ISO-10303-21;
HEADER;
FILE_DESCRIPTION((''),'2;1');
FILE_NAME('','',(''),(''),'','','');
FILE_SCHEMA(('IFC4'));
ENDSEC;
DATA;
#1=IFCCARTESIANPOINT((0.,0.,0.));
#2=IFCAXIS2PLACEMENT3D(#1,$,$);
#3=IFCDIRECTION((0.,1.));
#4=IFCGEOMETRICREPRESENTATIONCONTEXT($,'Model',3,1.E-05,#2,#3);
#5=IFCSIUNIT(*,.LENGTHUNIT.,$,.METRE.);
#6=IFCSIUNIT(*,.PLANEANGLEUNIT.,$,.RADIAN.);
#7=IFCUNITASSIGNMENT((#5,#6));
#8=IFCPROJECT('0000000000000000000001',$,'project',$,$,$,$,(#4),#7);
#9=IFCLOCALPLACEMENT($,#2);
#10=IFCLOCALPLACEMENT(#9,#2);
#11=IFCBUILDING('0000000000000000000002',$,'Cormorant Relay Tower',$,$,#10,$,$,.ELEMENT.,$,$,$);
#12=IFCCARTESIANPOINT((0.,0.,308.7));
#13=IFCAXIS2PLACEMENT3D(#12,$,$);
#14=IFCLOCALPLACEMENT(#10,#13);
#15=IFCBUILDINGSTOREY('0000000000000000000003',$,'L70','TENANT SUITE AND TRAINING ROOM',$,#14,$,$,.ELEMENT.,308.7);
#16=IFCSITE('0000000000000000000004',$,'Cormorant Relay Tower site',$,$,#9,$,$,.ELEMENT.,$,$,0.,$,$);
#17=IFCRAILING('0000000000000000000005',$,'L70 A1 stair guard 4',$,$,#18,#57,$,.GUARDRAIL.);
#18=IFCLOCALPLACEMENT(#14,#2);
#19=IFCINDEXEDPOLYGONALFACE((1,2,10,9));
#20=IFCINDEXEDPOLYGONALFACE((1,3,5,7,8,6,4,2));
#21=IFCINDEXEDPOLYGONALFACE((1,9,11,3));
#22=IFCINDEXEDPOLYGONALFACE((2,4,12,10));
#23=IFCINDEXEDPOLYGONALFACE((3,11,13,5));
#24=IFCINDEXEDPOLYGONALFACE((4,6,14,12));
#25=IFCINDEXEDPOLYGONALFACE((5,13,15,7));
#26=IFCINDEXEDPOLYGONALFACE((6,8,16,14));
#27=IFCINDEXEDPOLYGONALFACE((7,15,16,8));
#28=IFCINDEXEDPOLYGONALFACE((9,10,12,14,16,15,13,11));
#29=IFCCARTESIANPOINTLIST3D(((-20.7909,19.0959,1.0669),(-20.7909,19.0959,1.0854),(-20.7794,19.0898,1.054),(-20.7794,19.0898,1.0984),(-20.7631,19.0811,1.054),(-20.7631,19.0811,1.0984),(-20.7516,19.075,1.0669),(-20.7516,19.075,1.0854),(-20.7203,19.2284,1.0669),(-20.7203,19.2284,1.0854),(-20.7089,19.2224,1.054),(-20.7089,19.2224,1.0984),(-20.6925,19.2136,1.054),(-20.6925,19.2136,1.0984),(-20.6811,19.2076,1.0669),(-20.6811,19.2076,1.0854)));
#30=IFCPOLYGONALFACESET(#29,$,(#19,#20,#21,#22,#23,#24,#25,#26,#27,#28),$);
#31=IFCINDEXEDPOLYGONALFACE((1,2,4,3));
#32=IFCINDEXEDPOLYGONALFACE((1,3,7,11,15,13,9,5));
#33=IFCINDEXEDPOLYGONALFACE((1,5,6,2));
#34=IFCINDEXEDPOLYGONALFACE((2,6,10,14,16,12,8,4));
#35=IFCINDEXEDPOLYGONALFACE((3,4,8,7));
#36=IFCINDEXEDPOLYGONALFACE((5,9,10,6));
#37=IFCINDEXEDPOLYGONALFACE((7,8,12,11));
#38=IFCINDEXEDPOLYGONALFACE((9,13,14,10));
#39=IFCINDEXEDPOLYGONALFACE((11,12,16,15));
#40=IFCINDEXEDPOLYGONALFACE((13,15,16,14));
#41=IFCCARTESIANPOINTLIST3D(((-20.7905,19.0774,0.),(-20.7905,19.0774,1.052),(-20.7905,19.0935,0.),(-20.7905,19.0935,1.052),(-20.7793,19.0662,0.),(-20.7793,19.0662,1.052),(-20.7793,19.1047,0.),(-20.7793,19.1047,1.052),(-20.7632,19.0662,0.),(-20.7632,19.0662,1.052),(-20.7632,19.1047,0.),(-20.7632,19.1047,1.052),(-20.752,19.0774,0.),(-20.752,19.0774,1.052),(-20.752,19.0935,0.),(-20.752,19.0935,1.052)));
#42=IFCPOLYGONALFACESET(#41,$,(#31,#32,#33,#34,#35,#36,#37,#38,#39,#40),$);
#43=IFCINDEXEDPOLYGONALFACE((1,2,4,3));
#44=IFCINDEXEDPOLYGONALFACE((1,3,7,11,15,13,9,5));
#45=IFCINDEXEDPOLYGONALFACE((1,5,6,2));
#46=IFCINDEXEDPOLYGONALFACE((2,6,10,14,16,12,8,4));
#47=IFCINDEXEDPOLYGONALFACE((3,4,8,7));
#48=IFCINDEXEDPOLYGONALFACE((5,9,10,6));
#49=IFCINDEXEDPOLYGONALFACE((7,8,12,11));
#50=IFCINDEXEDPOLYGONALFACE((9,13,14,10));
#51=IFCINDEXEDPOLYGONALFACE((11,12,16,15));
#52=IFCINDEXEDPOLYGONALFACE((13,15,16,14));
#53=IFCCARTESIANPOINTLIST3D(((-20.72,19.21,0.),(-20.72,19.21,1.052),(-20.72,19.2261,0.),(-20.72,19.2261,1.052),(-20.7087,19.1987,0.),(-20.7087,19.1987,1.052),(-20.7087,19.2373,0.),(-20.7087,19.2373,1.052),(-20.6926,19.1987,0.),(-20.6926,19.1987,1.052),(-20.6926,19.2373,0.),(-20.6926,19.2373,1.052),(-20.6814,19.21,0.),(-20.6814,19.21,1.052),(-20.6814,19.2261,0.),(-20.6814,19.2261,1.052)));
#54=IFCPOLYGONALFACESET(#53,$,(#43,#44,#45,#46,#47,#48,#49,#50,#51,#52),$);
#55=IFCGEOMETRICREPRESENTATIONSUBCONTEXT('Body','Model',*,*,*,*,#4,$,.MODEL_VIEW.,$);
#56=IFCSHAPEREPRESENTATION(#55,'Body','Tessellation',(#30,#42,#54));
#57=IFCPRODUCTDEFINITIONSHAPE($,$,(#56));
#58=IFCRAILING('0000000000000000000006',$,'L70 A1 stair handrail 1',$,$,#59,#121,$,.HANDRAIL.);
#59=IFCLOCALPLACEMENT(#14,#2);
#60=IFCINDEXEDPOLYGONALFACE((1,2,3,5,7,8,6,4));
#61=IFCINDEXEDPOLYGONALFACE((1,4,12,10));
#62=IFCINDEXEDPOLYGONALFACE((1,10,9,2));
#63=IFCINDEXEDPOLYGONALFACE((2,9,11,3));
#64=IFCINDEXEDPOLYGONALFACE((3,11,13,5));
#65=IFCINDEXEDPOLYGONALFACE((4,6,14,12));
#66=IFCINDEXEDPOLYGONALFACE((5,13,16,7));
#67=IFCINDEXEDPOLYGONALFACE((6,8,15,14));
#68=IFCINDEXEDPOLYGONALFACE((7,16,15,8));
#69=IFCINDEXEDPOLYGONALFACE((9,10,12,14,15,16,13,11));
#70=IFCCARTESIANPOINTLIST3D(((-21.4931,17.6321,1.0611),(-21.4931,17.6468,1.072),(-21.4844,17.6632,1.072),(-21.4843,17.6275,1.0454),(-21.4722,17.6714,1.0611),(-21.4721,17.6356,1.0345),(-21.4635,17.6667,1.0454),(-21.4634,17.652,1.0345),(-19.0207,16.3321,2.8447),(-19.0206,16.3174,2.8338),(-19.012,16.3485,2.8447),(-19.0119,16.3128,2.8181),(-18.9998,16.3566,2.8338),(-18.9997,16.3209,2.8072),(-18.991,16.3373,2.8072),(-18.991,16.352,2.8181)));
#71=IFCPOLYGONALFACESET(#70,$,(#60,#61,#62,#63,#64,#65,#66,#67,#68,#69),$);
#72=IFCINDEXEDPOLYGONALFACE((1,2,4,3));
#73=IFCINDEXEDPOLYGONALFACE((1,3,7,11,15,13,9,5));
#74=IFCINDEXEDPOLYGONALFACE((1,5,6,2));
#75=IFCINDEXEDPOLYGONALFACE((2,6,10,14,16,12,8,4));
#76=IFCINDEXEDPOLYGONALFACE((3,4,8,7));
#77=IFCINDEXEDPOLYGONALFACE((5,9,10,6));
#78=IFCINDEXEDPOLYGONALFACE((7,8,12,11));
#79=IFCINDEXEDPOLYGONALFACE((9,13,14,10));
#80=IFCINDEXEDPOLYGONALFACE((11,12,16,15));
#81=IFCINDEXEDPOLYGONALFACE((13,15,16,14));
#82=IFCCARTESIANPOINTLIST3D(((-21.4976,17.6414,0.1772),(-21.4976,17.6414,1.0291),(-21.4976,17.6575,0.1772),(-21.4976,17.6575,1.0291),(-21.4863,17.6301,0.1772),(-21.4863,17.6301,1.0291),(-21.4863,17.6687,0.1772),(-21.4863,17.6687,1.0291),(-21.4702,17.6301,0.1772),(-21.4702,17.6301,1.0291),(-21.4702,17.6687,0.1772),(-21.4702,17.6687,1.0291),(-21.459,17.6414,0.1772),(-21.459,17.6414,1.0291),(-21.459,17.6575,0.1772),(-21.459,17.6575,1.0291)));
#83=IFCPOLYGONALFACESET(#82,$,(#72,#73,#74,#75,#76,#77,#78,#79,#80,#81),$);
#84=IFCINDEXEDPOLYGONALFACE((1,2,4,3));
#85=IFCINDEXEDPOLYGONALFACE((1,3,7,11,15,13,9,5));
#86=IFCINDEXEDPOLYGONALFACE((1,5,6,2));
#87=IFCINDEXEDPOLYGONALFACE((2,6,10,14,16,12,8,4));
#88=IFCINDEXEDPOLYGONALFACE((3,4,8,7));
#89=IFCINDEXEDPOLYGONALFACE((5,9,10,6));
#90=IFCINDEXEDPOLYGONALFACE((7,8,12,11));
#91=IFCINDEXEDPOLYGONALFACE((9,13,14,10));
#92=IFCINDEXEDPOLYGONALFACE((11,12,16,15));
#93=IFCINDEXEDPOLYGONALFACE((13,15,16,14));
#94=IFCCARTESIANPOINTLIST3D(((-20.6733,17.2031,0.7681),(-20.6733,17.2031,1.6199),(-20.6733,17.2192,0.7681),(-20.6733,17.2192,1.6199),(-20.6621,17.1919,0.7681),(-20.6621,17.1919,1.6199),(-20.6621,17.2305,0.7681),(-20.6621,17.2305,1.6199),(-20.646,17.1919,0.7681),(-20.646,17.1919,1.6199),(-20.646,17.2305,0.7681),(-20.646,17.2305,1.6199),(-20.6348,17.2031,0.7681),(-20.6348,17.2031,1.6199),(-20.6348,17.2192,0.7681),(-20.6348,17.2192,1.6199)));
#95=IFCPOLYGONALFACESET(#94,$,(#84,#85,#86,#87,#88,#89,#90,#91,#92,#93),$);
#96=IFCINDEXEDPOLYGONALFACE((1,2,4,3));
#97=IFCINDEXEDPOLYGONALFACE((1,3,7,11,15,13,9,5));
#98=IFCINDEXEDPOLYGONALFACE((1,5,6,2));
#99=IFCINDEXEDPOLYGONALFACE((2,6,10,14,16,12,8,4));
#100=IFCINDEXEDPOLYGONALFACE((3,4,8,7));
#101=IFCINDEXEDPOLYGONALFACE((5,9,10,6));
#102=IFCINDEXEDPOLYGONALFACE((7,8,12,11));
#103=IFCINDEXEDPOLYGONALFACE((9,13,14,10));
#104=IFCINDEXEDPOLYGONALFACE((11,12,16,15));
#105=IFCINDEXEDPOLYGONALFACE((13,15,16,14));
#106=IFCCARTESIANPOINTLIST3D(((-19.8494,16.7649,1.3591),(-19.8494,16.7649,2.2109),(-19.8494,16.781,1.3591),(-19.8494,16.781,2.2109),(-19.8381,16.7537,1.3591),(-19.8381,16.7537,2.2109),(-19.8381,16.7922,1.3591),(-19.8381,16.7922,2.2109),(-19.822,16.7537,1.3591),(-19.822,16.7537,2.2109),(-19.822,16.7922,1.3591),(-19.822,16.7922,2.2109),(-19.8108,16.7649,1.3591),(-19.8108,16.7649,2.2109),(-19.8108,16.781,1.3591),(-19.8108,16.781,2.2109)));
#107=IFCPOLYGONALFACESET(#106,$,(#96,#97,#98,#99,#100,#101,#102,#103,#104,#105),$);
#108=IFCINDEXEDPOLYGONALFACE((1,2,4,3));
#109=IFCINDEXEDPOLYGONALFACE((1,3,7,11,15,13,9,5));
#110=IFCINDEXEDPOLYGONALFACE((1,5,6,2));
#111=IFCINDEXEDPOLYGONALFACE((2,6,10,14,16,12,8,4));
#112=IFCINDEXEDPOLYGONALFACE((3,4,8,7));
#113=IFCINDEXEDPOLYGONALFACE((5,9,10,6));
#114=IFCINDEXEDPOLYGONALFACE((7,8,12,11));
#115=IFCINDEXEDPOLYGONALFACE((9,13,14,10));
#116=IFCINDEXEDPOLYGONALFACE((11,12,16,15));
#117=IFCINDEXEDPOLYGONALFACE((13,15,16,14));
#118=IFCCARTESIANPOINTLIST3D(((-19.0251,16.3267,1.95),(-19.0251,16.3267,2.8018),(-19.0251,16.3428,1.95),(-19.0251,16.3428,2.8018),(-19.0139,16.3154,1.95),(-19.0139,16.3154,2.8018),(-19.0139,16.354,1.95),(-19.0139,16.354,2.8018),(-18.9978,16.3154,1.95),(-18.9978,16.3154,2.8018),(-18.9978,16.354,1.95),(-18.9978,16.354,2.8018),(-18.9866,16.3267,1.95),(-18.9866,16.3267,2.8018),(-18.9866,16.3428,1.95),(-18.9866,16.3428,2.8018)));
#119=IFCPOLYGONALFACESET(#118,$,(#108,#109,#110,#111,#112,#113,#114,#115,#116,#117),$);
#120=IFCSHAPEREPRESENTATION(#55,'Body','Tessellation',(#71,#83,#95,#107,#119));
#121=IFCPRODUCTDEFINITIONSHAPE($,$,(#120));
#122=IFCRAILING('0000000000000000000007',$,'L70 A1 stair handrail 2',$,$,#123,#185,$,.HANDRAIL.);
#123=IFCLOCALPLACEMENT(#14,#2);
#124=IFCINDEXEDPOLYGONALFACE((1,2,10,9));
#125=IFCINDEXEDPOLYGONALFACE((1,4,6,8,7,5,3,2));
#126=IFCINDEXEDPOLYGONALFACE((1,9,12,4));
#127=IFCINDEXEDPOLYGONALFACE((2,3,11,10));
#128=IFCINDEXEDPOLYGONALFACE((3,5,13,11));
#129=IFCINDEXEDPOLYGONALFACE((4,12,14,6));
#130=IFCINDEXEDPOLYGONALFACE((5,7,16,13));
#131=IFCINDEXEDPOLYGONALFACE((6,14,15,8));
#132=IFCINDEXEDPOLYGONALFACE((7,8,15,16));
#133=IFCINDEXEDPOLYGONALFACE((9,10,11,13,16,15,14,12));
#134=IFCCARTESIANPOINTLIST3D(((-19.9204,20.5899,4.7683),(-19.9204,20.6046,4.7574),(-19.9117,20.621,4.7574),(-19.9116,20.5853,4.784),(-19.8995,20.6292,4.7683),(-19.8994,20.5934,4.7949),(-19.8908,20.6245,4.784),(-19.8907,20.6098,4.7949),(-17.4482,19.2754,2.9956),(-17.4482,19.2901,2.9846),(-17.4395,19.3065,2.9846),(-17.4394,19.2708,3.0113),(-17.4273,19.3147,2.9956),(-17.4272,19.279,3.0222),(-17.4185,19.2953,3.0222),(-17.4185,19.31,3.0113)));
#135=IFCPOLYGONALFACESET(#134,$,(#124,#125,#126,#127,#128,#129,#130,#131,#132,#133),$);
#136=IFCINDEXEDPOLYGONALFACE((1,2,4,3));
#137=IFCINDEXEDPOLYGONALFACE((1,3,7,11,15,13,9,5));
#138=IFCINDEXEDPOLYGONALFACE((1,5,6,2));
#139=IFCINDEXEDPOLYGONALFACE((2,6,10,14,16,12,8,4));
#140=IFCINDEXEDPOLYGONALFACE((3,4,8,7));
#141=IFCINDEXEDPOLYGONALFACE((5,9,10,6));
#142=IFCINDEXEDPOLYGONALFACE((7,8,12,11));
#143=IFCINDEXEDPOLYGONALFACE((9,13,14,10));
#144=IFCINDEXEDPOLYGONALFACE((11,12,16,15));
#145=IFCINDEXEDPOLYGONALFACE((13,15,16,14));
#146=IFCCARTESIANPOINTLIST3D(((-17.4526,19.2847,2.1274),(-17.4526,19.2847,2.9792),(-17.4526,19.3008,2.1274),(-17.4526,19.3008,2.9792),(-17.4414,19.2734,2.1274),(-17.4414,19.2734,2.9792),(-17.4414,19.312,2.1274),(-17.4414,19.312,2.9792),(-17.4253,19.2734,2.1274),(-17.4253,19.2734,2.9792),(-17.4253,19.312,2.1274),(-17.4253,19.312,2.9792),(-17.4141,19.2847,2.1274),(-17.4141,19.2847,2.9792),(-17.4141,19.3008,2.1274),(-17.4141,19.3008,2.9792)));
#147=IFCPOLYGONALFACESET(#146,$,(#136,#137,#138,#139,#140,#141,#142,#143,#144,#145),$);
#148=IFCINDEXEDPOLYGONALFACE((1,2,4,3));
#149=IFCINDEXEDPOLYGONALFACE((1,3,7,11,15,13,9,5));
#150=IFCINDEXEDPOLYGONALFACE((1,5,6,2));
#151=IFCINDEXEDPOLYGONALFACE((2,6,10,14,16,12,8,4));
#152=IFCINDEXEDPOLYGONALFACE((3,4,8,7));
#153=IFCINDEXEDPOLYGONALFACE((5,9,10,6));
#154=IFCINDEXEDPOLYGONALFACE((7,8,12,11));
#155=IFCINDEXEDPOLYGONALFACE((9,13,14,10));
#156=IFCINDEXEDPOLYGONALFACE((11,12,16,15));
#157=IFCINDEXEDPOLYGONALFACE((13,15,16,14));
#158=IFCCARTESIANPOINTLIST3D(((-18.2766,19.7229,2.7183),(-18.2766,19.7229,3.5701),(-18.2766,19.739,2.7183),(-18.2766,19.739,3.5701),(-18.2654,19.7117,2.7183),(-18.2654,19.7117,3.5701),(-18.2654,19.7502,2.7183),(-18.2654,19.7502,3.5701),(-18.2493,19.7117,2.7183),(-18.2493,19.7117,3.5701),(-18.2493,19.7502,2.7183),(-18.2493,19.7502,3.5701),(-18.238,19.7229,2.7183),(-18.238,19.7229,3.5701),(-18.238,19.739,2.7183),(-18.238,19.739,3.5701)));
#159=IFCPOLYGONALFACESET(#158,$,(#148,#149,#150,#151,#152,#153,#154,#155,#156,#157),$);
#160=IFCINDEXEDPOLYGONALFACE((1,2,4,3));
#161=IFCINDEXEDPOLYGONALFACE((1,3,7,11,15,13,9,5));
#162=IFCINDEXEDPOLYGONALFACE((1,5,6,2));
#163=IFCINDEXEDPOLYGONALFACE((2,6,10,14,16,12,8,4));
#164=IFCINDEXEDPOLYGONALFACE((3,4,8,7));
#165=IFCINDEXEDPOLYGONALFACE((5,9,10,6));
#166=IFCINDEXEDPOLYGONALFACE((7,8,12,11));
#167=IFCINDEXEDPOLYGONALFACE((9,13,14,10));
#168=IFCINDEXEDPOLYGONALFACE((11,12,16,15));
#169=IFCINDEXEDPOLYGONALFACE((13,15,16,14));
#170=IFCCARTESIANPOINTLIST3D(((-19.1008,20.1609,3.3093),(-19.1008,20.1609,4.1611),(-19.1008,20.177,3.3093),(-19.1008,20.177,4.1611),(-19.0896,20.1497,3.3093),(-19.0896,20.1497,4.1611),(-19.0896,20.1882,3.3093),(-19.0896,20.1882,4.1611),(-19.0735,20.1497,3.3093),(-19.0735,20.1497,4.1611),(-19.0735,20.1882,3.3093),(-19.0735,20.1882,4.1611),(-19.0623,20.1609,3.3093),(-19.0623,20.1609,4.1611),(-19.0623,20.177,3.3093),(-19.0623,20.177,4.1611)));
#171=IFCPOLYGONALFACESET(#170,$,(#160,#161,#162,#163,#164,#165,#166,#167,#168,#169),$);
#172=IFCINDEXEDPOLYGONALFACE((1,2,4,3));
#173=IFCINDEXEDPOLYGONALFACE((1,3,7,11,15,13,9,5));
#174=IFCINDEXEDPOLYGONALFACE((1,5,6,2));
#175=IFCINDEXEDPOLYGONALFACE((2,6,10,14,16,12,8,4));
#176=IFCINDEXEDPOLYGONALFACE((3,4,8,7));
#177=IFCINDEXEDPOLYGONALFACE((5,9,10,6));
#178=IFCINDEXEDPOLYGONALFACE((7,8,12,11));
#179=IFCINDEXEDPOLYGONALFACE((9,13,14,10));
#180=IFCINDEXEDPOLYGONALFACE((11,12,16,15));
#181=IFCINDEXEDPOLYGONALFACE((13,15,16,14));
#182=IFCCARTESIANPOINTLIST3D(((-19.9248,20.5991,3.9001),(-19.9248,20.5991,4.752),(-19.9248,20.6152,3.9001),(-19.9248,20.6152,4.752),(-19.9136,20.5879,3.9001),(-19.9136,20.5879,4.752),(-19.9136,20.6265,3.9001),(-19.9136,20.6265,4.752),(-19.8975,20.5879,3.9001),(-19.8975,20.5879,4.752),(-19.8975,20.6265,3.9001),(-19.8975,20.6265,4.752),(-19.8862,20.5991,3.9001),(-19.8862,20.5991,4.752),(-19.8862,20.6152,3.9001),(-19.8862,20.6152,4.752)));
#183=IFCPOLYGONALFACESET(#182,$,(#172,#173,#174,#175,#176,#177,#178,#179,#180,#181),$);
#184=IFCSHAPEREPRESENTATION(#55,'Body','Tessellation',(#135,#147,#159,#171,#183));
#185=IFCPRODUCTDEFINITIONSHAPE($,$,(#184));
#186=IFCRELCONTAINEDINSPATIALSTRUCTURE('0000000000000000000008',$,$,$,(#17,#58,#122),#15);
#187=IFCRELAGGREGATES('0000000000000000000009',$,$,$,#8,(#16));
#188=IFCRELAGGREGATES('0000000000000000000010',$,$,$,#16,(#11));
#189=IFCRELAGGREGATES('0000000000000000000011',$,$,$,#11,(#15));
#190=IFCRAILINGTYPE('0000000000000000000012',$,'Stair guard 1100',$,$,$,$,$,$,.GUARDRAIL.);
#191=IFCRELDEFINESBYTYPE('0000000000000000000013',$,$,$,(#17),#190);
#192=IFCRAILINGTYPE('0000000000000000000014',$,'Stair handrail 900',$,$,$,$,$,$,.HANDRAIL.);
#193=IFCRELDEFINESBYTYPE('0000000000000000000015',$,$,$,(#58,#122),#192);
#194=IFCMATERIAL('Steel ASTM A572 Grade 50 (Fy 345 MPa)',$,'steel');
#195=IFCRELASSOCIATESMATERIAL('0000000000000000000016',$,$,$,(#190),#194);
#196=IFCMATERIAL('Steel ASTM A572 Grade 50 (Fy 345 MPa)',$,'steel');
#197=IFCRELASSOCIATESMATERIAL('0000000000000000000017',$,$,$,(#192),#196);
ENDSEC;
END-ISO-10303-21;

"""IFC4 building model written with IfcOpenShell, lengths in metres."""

from ifc_helpers import new_model, si_unit, direction, frame, origin, place, context, subcontext, project, spatial, polyline, outline, extrude, material, type_object, element, save


model = new_model("IFC4")

# Units and contexts
model_context = context("Model", 3, precision=1e-05, world=origin(), true_north=direction((0.0, 1.0)))
body_context = subcontext(model_context, "Body", "Model", "MODEL_VIEW")
ifc_project = project(units=[si_unit("LENGTHUNIT", "METRE"), si_unit("PLANEANGLEUNIT", "RADIAN")], contexts=[model_context])

# Site, building, storey
site_placement = place(None, origin())
site = spatial("IfcSite", under=ifc_project, at=site_placement, Name="Cormorant Relay Tower site", CompositionType="ELEMENT", RefElevation=0.0)
building_placement = place(site_placement, origin())
building = spatial("IfcBuilding", under=site, at=building_placement, Name="Cormorant Relay Tower", CompositionType="ELEMENT")
storey_placement = place(building_placement, frame((0.0, 0.0, 308.7)))
storey = spatial("IfcBuildingStorey", under=building, at=storey_placement, Name="L70", Description="TENANT SUITE AND TRAINING ROOM", CompositionType="ELEMENT", Elevation=308.7)

# Railings
ifc_material_1 = material(Name="Steel ASTM A572 Grade 50 (Fy 345 MPa)", Category="steel")
railing_type_1 = type_object("IfcRailingType", Name="Stair guard 1100", PredefinedType="GUARDRAIL", material=ifc_material_1)
railing_1_placement = place(storey_placement, frame((-20.7712, 19.0854, 0.0)))
element("IfcRailing", 1, at=railing_1_placement, inside=storey, type_object=railing_type_1, Name="L70 A1 stair guard 4", PredefinedType="GUARDRAIL", context=body_context, shape_type="SweptSolid", body=[
    extrude(outline(polyline([(0.0222, 0.0093), (0.0093, 0.0222), (-0.0093, 0.0222), (-0.0222, 0.0093), (-0.0222, -0.0093), (-0.0093, -0.0222), (0.0093, -0.0222), (0.0222, -0.0093), (0.0222, 0.0093)])), frame((0.0, 0.0, 1.0762), z_axis=(0.469829, 0.882758, 0.0), x_axis=(-0.882758, 0.469829, 0.0)), (0.0, 0.0, 1.0), 0.1501),
    extrude(outline(polyline([(0.0193, 0.0081), (0.0081, 0.0193), (-0.0081, 0.0193), (-0.0193, 0.0081), (-0.0193, -0.0081), (-0.0081, -0.0193), (0.0081, -0.0193), (0.0193, -0.0081), (0.0193, 0.0081)])), origin(), (0.0, 0.0, 1.0), 1.052),
    extrude(outline(polyline([(0.0193, 0.0081), (0.0081, 0.0193), (-0.0081, 0.0193), (-0.0193, 0.0081), (-0.0193, -0.0081), (-0.0081, -0.0193), (0.0081, -0.0193), (0.0193, -0.0081), (0.0193, 0.0081)])), frame((0.0706, 0.1326, 0.0)), (0.0, 0.0, 1.0), 1.052),
])
ifc_material_2 = material(Name="Steel ASTM A572 Grade 50 (Fy 345 MPa)", Category="steel")
railing_type_2 = type_object("IfcRailingType", Name="Stair handrail 900", PredefinedType="HANDRAIL", material=ifc_material_2)
railing_2_placement = place(storey_placement, frame((-21.4783, 17.6494, 0.1772)))
element("IfcRailing", 2, at=railing_2_placement, inside=storey, type_object=railing_type_2, Name="L70 A1 stair handrail 1", PredefinedType="HANDRAIL", context=body_context, shape_type="SweptSolid", body=[
    extrude(outline(polyline([(0.0222, 0.0093), (0.0093, 0.0222), (-0.0093, 0.0222), (-0.0222, 0.0093), (-0.0222, -0.0093), (-0.0093, -0.0222), (0.0093, -0.0222), (0.0222, -0.0093), (0.0222, 0.0093)])), frame((0.0, 0.0, 0.876), z_axis=(0.746012, -0.39669, 0.534886), x_axis=(0.469497, 0.882934, 0.0)), (0.0, 0.0, 1.0), 3.3142),
    extrude(outline(polyline([(0.0193, 0.0081), (0.0081, 0.0193), (-0.0081, 0.0193), (-0.0193, 0.0081), (-0.0193, -0.0081), (-0.0081, -0.0193), (0.0081, -0.0193), (0.0193, -0.0081), (0.0193, 0.0081)])), origin(), (0.0, 0.0, 1.0), 0.8518),
    extrude(outline(polyline([(0.0193, 0.0081), (0.0081, 0.0193), (-0.0081, 0.0193), (-0.0193, 0.0081), (-0.0193, -0.0081), (-0.0081, -0.0193), (0.0081, -0.0193), (0.0193, -0.0081), (0.0193, 0.0081)])), frame((0.8242, -0.4382, 0.5908)), (0.0, 0.0, 1.0), 0.8518),
    extrude(outline(polyline([(0.0193, 0.0081), (0.0081, 0.0193), (-0.0081, 0.0193), (-0.0193, 0.0081), (-0.0193, -0.0081), (-0.0081, -0.0193), (0.0081, -0.0193), (0.0193, -0.0081), (0.0193, 0.0081)])), frame((1.6482, -0.8765, 1.1819)), (0.0, 0.0, 1.0), 0.8518),
    extrude(outline(polyline([(0.0193, 0.0081), (0.0081, 0.0193), (-0.0081, 0.0193), (-0.0193, 0.0081), (-0.0193, -0.0081), (-0.0081, -0.0193), (0.0081, -0.0193), (0.0193, -0.0081), (0.0193, 0.0081)])), frame((2.4724, -1.3147, 1.7727)), (0.0, 0.0, 1.0), 0.8518),
])
railing_3_placement = place(storey_placement, frame((-17.4333, 19.2927, 2.1274)))
element("IfcRailing", 3, at=railing_3_placement, inside=storey, type_object=railing_type_2, Name="L70 A1 stair handrail 2", PredefinedType="HANDRAIL", context=body_context, shape_type="SweptSolid", body=[
    extrude(outline(polyline([(0.0222, 0.0093), (0.0093, 0.0222), (-0.0093, 0.0222), (-0.0222, 0.0093), (-0.0222, -0.0093), (-0.0093, -0.0222), (0.0093, -0.0222), (0.0222, -0.0093), (0.0222, 0.0093)])), frame((0.0, 0.0, 0.876), z_axis=(-0.746001, 0.396649, 0.534931), x_axis=(-0.469465, -0.882951, 0.0)), (0.0, 0.0, 1.0), 3.314),
    extrude(outline(polyline([(0.0193, 0.0081), (0.0081, 0.0193), (-0.0081, 0.0193), (-0.0193, 0.0081), (-0.0193, -0.0081), (-0.0081, -0.0193), (0.0081, -0.0193), (0.0193, -0.0081), (0.0193, 0.0081)])), origin(), (0.0, 0.0, 1.0), 0.8518),
    extrude(outline(polyline([(0.0193, 0.0081), (0.0081, 0.0193), (-0.0081, 0.0193), (-0.0193, 0.0081), (-0.0193, -0.0081), (-0.0081, -0.0193), (0.0081, -0.0193), (0.0193, -0.0081), (0.0193, 0.0081)])), frame((-0.824, 0.4382, 0.5908)), (0.0, 0.0, 1.0), 0.8518),
    extrude(outline(polyline([(0.0193, 0.0081), (0.0081, 0.0193), (-0.0081, 0.0193), (-0.0193, 0.0081), (-0.0193, -0.0081), (-0.0081, -0.0193), (0.0081, -0.0193), (0.0193, -0.0081), (0.0193, 0.0081)])), frame((-1.6482, 0.8762, 1.1819)), (0.0, 0.0, 1.0), 0.8518),
    extrude(outline(polyline([(0.0193, 0.0081), (0.0081, 0.0193), (-0.0081, 0.0193), (-0.0193, 0.0081), (-0.0193, -0.0081), (-0.0081, -0.0193), (0.0081, -0.0193), (0.0193, -0.0081), (0.0193, 0.0081)])), frame((-2.4722, 1.3145, 1.7727)), (0.0, 0.0, 1.0), 0.8518),
])

save(model, "model.ifc")
